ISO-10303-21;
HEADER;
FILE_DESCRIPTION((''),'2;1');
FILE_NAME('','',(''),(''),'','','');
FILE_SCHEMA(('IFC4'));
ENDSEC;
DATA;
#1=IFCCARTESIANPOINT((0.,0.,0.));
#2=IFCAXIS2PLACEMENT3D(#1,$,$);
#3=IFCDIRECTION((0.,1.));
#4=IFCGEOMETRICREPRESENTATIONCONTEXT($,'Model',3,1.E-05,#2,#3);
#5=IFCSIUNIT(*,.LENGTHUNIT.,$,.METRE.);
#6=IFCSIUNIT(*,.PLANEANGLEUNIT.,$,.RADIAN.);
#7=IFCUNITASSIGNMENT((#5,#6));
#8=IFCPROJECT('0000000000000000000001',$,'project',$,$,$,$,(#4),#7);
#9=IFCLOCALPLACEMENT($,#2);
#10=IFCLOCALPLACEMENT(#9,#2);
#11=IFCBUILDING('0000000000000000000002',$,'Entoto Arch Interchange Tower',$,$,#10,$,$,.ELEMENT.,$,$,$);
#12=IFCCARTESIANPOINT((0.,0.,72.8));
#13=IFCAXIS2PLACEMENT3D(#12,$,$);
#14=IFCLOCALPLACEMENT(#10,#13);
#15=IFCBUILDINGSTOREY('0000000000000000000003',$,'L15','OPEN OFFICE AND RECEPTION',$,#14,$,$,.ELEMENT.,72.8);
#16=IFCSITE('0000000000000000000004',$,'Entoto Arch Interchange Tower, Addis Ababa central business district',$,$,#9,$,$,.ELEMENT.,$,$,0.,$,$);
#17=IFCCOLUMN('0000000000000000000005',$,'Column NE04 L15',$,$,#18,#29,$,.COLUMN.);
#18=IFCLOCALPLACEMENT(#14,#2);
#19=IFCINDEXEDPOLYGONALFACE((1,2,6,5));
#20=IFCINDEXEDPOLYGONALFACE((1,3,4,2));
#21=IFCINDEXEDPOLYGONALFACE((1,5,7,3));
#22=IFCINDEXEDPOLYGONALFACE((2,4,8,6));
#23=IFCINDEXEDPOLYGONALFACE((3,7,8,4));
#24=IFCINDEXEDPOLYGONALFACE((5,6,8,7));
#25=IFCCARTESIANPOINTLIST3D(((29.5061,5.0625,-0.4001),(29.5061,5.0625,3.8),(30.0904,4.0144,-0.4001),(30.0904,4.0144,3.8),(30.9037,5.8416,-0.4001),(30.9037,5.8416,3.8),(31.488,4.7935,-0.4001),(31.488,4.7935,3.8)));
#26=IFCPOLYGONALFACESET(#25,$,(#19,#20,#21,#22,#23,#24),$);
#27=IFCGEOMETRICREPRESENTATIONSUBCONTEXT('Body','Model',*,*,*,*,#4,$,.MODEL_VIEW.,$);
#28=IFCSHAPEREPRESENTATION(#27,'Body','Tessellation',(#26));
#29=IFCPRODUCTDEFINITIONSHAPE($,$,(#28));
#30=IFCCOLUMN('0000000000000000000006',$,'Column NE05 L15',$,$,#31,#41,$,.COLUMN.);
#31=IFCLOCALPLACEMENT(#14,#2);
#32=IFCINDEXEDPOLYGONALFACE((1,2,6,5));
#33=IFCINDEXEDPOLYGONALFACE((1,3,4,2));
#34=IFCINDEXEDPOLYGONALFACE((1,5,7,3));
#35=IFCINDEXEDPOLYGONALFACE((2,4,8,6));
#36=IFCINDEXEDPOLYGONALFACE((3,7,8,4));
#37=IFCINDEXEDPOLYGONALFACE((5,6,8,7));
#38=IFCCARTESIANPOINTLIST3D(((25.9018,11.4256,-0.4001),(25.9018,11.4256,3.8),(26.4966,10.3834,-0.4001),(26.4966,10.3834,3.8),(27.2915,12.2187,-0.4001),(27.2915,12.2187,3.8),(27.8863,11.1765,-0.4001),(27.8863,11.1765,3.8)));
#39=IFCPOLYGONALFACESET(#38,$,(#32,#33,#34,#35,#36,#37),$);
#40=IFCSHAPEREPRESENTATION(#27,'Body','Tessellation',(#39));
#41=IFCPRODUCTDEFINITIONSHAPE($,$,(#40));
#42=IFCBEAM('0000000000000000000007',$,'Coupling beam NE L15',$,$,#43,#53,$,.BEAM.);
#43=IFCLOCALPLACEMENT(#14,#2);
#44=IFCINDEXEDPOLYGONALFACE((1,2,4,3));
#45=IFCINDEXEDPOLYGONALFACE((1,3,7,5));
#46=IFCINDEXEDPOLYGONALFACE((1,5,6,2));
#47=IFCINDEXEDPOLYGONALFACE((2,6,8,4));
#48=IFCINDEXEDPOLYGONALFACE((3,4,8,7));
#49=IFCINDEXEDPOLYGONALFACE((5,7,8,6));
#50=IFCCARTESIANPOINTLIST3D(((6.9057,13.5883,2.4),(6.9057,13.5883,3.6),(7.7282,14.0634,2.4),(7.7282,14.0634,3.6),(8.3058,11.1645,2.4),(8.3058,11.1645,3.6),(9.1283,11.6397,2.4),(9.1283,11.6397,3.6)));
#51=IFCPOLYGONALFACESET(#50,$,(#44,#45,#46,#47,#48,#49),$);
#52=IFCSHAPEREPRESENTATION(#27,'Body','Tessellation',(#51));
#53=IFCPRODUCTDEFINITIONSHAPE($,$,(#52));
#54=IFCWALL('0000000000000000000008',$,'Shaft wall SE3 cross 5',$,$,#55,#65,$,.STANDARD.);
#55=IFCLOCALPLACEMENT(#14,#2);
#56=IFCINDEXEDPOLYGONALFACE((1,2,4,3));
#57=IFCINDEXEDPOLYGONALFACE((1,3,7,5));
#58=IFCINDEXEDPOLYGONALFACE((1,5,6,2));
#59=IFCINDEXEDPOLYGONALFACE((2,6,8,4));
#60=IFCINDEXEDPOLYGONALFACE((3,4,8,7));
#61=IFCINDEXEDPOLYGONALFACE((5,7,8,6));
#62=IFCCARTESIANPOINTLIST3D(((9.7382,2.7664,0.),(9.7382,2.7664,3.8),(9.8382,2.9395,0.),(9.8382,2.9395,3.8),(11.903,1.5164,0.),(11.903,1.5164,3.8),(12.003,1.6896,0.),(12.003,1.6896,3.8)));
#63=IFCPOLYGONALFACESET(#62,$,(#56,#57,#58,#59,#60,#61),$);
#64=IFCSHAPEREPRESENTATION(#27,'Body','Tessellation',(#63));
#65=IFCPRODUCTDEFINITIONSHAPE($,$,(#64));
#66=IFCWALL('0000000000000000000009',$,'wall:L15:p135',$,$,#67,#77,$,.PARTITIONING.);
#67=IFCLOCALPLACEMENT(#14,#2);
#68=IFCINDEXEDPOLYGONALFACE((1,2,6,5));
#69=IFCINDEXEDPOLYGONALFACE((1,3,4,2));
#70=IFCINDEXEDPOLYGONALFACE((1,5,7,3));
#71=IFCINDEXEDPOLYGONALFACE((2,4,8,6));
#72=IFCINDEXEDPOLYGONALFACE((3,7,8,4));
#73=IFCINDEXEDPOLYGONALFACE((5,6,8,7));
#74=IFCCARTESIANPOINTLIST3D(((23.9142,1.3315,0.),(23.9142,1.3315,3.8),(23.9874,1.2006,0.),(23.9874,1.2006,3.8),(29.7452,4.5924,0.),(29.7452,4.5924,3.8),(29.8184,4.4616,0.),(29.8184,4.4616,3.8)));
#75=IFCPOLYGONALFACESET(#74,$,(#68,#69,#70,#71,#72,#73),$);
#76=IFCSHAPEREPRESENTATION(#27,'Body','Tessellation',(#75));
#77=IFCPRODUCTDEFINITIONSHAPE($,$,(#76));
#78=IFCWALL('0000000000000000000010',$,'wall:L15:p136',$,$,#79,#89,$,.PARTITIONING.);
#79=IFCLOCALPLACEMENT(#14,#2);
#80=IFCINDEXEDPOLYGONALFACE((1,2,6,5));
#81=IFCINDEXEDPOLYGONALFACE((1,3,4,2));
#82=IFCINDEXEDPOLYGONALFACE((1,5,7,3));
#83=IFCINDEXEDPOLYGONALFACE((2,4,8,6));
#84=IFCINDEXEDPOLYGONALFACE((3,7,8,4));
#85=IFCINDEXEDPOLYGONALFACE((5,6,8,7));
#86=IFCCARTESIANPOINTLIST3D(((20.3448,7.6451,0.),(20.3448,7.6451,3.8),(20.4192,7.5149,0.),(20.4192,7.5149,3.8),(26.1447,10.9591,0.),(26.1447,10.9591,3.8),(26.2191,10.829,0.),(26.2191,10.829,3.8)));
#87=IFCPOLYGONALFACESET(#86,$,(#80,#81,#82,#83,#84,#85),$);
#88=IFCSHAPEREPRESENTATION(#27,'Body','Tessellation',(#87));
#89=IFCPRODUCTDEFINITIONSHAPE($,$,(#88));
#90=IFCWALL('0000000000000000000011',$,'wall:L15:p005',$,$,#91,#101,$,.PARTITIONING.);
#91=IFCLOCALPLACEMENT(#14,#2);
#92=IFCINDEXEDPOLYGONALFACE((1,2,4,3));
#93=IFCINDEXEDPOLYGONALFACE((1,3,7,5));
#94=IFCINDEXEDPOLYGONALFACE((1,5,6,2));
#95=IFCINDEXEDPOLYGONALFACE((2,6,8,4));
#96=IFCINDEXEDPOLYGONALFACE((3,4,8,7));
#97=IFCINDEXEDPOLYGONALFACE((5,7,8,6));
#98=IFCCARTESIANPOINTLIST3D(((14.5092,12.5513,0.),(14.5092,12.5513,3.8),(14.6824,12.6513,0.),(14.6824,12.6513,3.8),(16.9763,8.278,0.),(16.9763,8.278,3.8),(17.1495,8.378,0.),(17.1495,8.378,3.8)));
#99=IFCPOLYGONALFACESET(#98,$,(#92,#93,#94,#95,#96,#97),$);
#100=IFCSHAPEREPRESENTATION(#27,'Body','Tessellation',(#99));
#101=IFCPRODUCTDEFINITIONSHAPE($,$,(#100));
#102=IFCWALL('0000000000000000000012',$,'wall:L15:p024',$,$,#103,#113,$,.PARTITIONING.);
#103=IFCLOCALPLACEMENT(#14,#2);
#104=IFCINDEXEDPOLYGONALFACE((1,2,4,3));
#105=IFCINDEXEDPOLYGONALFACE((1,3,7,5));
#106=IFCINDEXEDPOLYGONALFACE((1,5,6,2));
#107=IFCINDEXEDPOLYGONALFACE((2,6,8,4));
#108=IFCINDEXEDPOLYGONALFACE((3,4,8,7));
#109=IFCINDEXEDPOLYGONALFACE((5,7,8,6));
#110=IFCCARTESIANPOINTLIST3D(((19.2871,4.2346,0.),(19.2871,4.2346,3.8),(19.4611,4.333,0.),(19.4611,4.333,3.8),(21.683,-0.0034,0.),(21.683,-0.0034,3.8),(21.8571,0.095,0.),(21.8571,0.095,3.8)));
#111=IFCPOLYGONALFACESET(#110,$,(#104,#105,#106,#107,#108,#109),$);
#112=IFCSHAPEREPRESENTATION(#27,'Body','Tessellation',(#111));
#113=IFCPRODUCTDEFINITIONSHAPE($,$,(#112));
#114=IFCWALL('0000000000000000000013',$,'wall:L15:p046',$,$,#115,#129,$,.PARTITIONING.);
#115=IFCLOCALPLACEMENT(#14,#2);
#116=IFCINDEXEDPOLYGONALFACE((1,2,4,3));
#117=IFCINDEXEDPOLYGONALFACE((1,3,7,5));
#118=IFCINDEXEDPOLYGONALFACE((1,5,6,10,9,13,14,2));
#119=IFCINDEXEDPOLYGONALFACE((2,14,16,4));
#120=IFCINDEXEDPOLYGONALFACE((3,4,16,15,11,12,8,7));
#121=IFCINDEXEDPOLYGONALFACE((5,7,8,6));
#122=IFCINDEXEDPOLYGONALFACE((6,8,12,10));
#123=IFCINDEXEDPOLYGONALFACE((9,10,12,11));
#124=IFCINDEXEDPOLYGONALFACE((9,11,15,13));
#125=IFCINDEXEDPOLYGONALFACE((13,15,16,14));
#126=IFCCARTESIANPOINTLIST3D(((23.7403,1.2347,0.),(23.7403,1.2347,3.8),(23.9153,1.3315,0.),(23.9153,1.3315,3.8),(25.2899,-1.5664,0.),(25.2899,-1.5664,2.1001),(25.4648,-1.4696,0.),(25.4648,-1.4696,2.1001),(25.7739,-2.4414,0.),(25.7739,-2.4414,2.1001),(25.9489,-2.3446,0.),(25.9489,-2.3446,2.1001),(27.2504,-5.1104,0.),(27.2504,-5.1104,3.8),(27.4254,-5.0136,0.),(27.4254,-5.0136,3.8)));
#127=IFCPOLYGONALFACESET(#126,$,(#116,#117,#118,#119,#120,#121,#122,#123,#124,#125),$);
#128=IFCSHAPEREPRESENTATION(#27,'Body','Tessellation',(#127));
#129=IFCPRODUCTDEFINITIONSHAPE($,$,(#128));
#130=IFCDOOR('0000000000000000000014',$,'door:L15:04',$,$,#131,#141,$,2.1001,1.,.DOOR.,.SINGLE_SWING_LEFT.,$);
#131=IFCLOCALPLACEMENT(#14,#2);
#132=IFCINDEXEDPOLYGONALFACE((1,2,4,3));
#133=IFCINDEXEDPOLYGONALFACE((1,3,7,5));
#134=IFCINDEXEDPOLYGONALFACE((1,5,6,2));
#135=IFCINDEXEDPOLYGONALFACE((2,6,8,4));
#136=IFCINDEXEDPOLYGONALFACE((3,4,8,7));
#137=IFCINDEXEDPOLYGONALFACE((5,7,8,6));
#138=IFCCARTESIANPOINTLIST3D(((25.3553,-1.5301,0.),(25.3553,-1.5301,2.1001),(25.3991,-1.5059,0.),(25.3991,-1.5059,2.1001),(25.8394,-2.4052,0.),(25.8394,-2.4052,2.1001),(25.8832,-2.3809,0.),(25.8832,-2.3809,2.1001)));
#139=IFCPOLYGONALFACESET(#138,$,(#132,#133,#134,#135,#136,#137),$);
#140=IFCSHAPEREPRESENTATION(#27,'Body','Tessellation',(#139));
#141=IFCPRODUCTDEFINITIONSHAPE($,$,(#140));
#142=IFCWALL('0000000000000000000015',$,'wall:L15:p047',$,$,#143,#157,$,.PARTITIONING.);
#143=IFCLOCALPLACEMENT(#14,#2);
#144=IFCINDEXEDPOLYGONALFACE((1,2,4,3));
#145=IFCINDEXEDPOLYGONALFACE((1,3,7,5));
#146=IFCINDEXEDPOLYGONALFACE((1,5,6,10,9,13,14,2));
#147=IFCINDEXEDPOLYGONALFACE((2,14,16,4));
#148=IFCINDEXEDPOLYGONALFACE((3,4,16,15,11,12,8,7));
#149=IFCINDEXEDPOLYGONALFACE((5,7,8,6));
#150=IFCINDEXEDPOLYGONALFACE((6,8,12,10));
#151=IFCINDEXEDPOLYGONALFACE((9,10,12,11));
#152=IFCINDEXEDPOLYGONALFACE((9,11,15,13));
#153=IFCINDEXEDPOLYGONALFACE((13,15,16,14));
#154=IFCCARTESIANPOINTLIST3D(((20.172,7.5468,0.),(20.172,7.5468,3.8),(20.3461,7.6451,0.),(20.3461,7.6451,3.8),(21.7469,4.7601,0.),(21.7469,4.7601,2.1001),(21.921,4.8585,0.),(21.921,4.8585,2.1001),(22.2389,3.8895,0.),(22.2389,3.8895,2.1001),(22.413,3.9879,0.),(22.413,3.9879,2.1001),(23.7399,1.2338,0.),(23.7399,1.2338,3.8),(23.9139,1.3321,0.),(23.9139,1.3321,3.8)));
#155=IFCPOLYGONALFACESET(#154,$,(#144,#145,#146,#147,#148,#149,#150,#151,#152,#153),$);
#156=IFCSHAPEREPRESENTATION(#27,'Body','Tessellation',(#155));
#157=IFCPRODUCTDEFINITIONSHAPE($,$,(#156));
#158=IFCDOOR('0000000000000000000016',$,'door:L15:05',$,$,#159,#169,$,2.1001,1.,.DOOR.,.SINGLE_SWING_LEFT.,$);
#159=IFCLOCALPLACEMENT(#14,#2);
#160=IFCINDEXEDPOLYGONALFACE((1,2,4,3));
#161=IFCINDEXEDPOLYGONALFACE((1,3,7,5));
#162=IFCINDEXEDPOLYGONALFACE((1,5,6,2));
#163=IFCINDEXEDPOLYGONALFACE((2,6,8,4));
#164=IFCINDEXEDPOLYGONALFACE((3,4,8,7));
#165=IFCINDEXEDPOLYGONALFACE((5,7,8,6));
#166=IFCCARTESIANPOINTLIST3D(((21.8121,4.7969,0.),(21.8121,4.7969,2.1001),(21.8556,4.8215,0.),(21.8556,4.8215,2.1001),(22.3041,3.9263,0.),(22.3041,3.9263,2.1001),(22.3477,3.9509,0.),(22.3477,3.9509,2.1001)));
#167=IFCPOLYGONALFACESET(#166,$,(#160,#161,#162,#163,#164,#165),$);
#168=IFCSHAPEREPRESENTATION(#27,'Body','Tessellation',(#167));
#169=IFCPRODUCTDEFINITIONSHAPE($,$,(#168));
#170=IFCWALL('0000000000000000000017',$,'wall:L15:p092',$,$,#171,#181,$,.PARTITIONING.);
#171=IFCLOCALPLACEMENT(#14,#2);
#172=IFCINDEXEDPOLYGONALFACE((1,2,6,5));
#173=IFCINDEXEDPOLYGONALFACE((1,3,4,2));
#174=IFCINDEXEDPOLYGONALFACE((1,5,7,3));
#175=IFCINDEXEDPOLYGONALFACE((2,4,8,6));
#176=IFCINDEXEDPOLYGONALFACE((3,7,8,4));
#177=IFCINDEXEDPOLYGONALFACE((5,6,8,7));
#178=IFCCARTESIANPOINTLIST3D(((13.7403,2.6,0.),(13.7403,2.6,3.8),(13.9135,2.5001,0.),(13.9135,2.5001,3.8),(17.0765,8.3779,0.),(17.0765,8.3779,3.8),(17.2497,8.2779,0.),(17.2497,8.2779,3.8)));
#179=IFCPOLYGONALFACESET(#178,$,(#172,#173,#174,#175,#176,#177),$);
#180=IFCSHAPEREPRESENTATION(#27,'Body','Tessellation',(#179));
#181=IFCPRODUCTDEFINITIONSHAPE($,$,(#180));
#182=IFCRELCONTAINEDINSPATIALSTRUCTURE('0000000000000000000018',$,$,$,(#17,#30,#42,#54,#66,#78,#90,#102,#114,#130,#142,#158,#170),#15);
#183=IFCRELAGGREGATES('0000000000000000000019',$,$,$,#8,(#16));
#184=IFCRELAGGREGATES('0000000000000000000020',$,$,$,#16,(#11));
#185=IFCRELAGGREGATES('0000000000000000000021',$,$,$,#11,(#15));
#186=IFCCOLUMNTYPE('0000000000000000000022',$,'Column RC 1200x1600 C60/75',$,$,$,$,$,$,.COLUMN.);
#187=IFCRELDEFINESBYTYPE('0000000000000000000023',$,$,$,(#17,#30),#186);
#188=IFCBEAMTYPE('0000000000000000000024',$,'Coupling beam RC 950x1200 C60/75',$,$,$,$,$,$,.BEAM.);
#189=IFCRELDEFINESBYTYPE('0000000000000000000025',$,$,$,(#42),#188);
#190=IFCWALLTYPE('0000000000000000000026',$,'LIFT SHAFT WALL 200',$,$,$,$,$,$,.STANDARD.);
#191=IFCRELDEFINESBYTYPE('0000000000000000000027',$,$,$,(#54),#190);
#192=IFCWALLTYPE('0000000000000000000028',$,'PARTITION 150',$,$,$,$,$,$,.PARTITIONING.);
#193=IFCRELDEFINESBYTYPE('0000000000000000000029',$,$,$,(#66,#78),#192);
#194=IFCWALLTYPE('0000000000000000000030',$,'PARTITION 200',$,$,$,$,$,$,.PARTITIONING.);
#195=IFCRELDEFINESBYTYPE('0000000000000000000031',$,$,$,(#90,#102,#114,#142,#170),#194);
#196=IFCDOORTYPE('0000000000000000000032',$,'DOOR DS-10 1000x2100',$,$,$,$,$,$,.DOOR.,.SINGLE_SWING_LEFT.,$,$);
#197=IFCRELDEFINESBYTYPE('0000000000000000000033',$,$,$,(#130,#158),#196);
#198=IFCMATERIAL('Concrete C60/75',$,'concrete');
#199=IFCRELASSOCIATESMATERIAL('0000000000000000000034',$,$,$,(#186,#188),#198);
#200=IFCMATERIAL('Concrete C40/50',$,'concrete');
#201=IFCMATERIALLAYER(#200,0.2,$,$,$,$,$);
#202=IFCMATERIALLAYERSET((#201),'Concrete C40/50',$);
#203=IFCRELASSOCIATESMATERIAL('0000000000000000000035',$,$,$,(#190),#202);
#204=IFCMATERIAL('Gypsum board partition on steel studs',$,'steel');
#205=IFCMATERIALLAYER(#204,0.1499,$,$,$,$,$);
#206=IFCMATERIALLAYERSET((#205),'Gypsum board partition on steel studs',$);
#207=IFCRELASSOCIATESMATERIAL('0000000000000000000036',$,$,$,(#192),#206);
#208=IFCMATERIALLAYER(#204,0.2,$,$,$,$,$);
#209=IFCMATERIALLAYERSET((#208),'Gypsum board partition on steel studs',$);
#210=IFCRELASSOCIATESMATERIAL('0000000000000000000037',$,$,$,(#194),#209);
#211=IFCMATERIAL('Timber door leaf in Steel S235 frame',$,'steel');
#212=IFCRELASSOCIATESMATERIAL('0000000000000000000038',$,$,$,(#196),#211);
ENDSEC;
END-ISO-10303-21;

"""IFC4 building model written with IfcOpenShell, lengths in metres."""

from ifc_helpers import new_model, si_unit, direction, frame, frame_2d, origin, origin_2d, place, context, subcontext, project, spatial, rectangle, extrude, material, layer, layer_set, material_profile, profile_set, type_object, element, fill, save


model = new_model("IFC4")

# Units and contexts
model_context = context("Model", 3, precision=1e-05, world=origin(), true_north=direction((0.0, 1.0)))
body_context = subcontext(model_context, "Body", "Model", "MODEL_VIEW")
ifc_project = project(units=[si_unit("LENGTHUNIT", "METRE"), si_unit("PLANEANGLEUNIT", "RADIAN")], contexts=[model_context])

# Site, building, storey
site_placement = place(None, origin())
site = spatial("IfcSite", under=ifc_project, at=site_placement, Name="Entoto Arch Interchange Tower, Addis Ababa central business district", CompositionType="ELEMENT", RefElevation=0.0)
building_placement = place(site_placement, origin())
building = spatial("IfcBuilding", under=site, at=building_placement, Name="Entoto Arch Interchange Tower", CompositionType="ELEMENT")
storey_placement = place(building_placement, frame((0.0, 0.0, 72.8)))
storey = spatial("IfcBuildingStorey", under=building, at=storey_placement, Name="L15", Description="OPEN OFFICE AND RECEPTION", CompositionType="ELEMENT", Elevation=72.8)

# Columns
ifc_material_1 = material(Name="Concrete C60/75", Category="concrete")
ifc_material_profile_1 = material_profile(ifc_material_1, rectangle(XDim=1.2, YDim=1.6001, at=origin_2d()))
ifc_profile_set_1 = profile_set([ifc_material_profile_1], Name="Concrete C60/75")
column_type = type_object("IfcColumnType", Name="Column RC 1200x1600 C60/75", PredefinedType="COLUMN", material=ifc_profile_set_1)
for number, where, z_axis, x_axis, name in (
    (1, (30.4971, 4.928, -0.4001), (0.0, 0.0, 1.0), (-0.486915, 0.873449, 0.0), "Column NE04 L15"),
    (2, (26.894, 11.301, -0.4001), (0.0, 0.0, 1.0), (-0.495656, 0.868519, 0.0), "Column NE05 L15"),
):
    element("IfcColumn", number, at=place(storey_placement, frame(where, z_axis=z_axis, x_axis=x_axis)), inside=storey, type_object=column_type, Name=name, PredefinedType="COLUMN", context=body_context, shape_type="SweptSolid", body=[
        extrude(rectangle(XDim=1.2, YDim=1.6001, at=origin_2d()), origin(), (0.0, 0.0, 1.0), 4.2002),
    ])

# Beam
ifc_material_profile_2 = material_profile(ifc_material_1, rectangle(XDim=0.95, YDim=1.2, at=origin_2d()))
ifc_profile_set_2 = profile_set([ifc_material_profile_2], Name="Concrete C60/75")
beam_type = type_object("IfcBeamType", Name="Coupling beam RC 950x1200 C60/75", PredefinedType="BEAM", material=ifc_profile_set_2)
beam_placement = place(storey_placement, frame((8.717, 11.4021, 3.0), z_axis=(-0.500201, 0.86591, 0.0), x_axis=(-0.86591, -0.500201, 0.0)))
element("IfcBeam", 3, at=beam_placement, inside=storey, type_object=beam_type, Name="Coupling beam NE L15", PredefinedType="BEAM", context=body_context, shape_type="SweptSolid", body=[
    extrude(rectangle(XDim=0.95, YDim=1.2, at=origin_2d()), origin(), (0.0, 0.0, 1.0), 2.7991),
])

# Walls
ifc_material_2 = material(Name="Concrete C40/50", Category="concrete")
ifc_layer_1 = layer(ifc_material_2, 0.2)
ifc_layer_set_1 = layer_set([ifc_layer_1], Name="Concrete C40/50")
wall_type_1 = type_object("IfcWallType", Name="LIFT SHAFT WALL 200", PredefinedType="STANDARD", material=ifc_layer_set_1)
wall_1_placement = place(storey_placement, frame((9.7881, 2.853, 0.0), z_axis=(0.0, 0.0, 1.0), x_axis=(0.865999, -0.500047, 0.0)))
element("IfcWall", 4, at=wall_1_placement, inside=storey, type_object=wall_type_1, Name="Shaft wall SE3 cross 5", PredefinedType="STANDARD", context=body_context, shape_type="SweptSolid", body=[
    extrude(rectangle(XDim=2.4998, YDim=0.2, at=frame_2d((1.25, 0.0))), origin(), (0.0, 0.0, 1.0), 3.8),
])
ifc_material_3 = material(Name="Gypsum board partition on steel studs", Category="steel")
ifc_layer_2 = layer(ifc_material_3, 0.1499)
ifc_layer_set_2 = layer_set([ifc_layer_2], Name="Gypsum board partition on steel studs")
wall_type_2 = type_object("IfcWallType", Name="PARTITION 150", PredefinedType="PARTITIONING", material=ifc_layer_set_2)
wall_2_placement = place(storey_placement, frame((23.9509, 1.2661, 0.0), z_axis=(0.0, 0.0, 1.0), x_axis=(0.872787, 0.488101, 0.0)))
element("IfcWall", 5, at=wall_2_placement, inside=storey, type_object=wall_type_2, Name="wall:L15:p135", PredefinedType="PARTITIONING", context=body_context, shape_type="SweptSolid", body=[
    extrude(rectangle(XDim=6.6809, YDim=0.1499, at=frame_2d((3.3403, 0.0))), origin(), (0.0, 0.0, 1.0), 3.8),
])
wall_3_placement = place(storey_placement, frame((20.3821, 7.5801, 0.0), z_axis=(0.0, 0.0, 1.0), x_axis=(0.868257, 0.496115, 0.0)))
element("IfcWall", 6, at=wall_3_placement, inside=storey, type_object=wall_type_2, Name="wall:L15:p136", PredefinedType="PARTITIONING", context=body_context, shape_type="SweptSolid", body=[
    extrude(rectangle(XDim=6.6799, YDim=0.1499, at=frame_2d((3.3398, 0.0))), origin(), (0.0, 0.0, 1.0), 3.8),
])
ifc_layer_3 = layer(ifc_material_3, 0.2)
ifc_layer_set_3 = layer_set([ifc_layer_3], Name="Gypsum board partition on steel studs")
wall_type_3 = type_object("IfcWallType", Name="PARTITION 200", PredefinedType="PARTITIONING", material=ifc_layer_set_3)
wall_4_placement = place(storey_placement, frame((17.063, 8.3279, 0.0), z_axis=(0.0, 0.0, 1.0), x_axis=(-0.499987, 0.866033, 0.0)))
element("IfcWall", 7, at=wall_4_placement, inside=storey, type_object=wall_type_3, Name="wall:L15:p005", PredefinedType="PARTITIONING", context=body_context, shape_type="SweptSolid", body=[
    extrude(rectangle(XDim=4.9343, YDim=0.2, at=frame_2d((2.4673, 0.0))), origin(), (0.0, 0.0, 1.0), 3.8),
])
wall_5_placement = place(storey_placement, frame((21.77, 0.0459, 0.0), z_axis=(0.0, 0.0, 1.0), x_axis=(-0.492148, 0.870511, 0.0)))
element("IfcWall", 8, at=wall_5_placement, inside=storey, type_object=wall_type_3, Name="wall:L15:p024", PredefinedType="PARTITIONING", context=body_context, shape_type="SweptSolid", body=[
    extrude(rectangle(XDim=4.8684, YDim=0.2, at=frame_2d((2.4341, 0.0))), origin(), (0.0, 0.0, 1.0), 3.8),
])

# Walls, openings, doors
wall_6_placement = place(storey_placement, frame((23.8279, 1.283, 0.0), z_axis=(0.0, 0.0, 1.0), x_axis=(0.484064, -0.875033, 0.0)))
wall_6 = element("IfcWall", 9, at=wall_6_placement, inside=storey, type_object=wall_type_3, Name="wall:L15:p046", PredefinedType="PARTITIONING", context=body_context, shape_type="SweptSolid", body=[
    extrude(rectangle(XDim=7.2512, YDim=0.2, at=frame_2d((3.6255, 0.0))), origin(), (0.0, 0.0, 1.0), 3.8),
])
opening_1_placement = place(wall_6_placement, frame((3.2009, 0.0, 0.0)))
opening_1 = element("IfcOpeningElement", 10, at=opening_1_placement, cuts=wall_6, PredefinedType="OPENING", context=body_context, shape_type="SweptSolid", body=[
    extrude(rectangle(XDim=1.0, YDim=2.1001, at=frame_2d((0.5, 1.05))), frame((0.0, 0.1099, 0.0), z_axis=(0.0, -1.0, 0.0), x_axis=(1.0, 0.0, 0.0)), (0.0, 0.0, 1.0), 0.22),
])
ifc_material_4 = material(Name="Timber door leaf in Steel S235 frame", Category="steel")
door_type = type_object("IfcDoorType", Name="DOOR DS-10 1000x2100", OperationType="SINGLE_SWING_LEFT", PredefinedType="DOOR", material=ifc_material_4)
door_1_placement = place(opening_1_placement, origin())
door_1 = element("IfcDoor", 11, at=door_1_placement, inside=storey, type_object=door_type, Name="door:L15:04", OperationType="SINGLE_SWING_LEFT", OverallHeight=2.1001, OverallWidth=1.0, PredefinedType="DOOR", context=body_context, shape_type="SweptSolid", body=[
    extrude(rectangle(XDim=1.0, YDim=2.1001, at=frame_2d((0.5, 1.05))), frame((0.0, 0.0249, 0.0), z_axis=(0.0, -1.0, 0.0), x_axis=(1.0, 0.0, 0.0)), (0.0, 0.0, 1.0), 0.05),
])
fill(opening_1, door_1)
wall_7_placement = place(storey_placement, frame((20.259, 7.5959, 0.0), z_axis=(0.0, 0.0, 1.0), x_axis=(0.492022, -0.870583, 0.0)))
wall_7 = element("IfcWall", 12, at=wall_7_placement, inside=storey, type_object=wall_type_3, Name="wall:L15:p047", PredefinedType="PARTITIONING", context=body_context, shape_type="SweptSolid", body=[
    extrude(rectangle(XDim=7.2515, YDim=0.2, at=frame_2d((3.6257, 0.0))), origin(), (0.0, 0.0, 1.0), 3.8),
])
opening_2_placement = place(wall_7_placement, frame((3.2009, 0.0, 0.0)))
opening_2 = element("IfcOpeningElement", 13, at=opening_2_placement, cuts=wall_7, PredefinedType="OPENING", context=body_context, shape_type="SweptSolid", body=[
    extrude(rectangle(XDim=1.0, YDim=2.1001, at=frame_2d((0.5, 1.05))), frame((0.0, 0.1099, 0.0), z_axis=(0.0, -1.0, 0.0), x_axis=(1.0, 0.0, 0.0)), (0.0, 0.0, 1.0), 0.22),
])
door_2_placement = place(opening_2_placement, origin())
door_2 = element("IfcDoor", 14, at=door_2_placement, inside=storey, type_object=door_type, Name="door:L15:05", OperationType="SINGLE_SWING_LEFT", OverallHeight=2.1001, OverallWidth=1.0, PredefinedType="DOOR", context=body_context, shape_type="SweptSolid", body=[
    extrude(rectangle(XDim=1.0, YDim=2.1001, at=frame_2d((0.5, 1.05))), frame((0.0, 0.0249, 0.0), z_axis=(0.0, -1.0, 0.0), x_axis=(1.0, 0.0, 0.0)), (0.0, 0.0, 1.0), 0.05),
])
fill(opening_2, door_2)

# Wall
wall_8_placement = place(storey_placement, frame((13.8269, 2.55, 0.0), z_axis=(0.0, 0.0, 1.0), x_axis=(0.500039, 0.866003, 0.0)))
element("IfcWall", 15, at=wall_8_placement, inside=storey, type_object=wall_type_3, Name="wall:L15:p092", PredefinedType="PARTITIONING", context=body_context, shape_type="SweptSolid", body=[
    extrude(rectangle(XDim=6.6719, YDim=0.2, at=frame_2d((3.3359, 0.0))), origin(), (0.0, 0.0, 1.0), 3.8),
])

save(model, "model.ifc")
